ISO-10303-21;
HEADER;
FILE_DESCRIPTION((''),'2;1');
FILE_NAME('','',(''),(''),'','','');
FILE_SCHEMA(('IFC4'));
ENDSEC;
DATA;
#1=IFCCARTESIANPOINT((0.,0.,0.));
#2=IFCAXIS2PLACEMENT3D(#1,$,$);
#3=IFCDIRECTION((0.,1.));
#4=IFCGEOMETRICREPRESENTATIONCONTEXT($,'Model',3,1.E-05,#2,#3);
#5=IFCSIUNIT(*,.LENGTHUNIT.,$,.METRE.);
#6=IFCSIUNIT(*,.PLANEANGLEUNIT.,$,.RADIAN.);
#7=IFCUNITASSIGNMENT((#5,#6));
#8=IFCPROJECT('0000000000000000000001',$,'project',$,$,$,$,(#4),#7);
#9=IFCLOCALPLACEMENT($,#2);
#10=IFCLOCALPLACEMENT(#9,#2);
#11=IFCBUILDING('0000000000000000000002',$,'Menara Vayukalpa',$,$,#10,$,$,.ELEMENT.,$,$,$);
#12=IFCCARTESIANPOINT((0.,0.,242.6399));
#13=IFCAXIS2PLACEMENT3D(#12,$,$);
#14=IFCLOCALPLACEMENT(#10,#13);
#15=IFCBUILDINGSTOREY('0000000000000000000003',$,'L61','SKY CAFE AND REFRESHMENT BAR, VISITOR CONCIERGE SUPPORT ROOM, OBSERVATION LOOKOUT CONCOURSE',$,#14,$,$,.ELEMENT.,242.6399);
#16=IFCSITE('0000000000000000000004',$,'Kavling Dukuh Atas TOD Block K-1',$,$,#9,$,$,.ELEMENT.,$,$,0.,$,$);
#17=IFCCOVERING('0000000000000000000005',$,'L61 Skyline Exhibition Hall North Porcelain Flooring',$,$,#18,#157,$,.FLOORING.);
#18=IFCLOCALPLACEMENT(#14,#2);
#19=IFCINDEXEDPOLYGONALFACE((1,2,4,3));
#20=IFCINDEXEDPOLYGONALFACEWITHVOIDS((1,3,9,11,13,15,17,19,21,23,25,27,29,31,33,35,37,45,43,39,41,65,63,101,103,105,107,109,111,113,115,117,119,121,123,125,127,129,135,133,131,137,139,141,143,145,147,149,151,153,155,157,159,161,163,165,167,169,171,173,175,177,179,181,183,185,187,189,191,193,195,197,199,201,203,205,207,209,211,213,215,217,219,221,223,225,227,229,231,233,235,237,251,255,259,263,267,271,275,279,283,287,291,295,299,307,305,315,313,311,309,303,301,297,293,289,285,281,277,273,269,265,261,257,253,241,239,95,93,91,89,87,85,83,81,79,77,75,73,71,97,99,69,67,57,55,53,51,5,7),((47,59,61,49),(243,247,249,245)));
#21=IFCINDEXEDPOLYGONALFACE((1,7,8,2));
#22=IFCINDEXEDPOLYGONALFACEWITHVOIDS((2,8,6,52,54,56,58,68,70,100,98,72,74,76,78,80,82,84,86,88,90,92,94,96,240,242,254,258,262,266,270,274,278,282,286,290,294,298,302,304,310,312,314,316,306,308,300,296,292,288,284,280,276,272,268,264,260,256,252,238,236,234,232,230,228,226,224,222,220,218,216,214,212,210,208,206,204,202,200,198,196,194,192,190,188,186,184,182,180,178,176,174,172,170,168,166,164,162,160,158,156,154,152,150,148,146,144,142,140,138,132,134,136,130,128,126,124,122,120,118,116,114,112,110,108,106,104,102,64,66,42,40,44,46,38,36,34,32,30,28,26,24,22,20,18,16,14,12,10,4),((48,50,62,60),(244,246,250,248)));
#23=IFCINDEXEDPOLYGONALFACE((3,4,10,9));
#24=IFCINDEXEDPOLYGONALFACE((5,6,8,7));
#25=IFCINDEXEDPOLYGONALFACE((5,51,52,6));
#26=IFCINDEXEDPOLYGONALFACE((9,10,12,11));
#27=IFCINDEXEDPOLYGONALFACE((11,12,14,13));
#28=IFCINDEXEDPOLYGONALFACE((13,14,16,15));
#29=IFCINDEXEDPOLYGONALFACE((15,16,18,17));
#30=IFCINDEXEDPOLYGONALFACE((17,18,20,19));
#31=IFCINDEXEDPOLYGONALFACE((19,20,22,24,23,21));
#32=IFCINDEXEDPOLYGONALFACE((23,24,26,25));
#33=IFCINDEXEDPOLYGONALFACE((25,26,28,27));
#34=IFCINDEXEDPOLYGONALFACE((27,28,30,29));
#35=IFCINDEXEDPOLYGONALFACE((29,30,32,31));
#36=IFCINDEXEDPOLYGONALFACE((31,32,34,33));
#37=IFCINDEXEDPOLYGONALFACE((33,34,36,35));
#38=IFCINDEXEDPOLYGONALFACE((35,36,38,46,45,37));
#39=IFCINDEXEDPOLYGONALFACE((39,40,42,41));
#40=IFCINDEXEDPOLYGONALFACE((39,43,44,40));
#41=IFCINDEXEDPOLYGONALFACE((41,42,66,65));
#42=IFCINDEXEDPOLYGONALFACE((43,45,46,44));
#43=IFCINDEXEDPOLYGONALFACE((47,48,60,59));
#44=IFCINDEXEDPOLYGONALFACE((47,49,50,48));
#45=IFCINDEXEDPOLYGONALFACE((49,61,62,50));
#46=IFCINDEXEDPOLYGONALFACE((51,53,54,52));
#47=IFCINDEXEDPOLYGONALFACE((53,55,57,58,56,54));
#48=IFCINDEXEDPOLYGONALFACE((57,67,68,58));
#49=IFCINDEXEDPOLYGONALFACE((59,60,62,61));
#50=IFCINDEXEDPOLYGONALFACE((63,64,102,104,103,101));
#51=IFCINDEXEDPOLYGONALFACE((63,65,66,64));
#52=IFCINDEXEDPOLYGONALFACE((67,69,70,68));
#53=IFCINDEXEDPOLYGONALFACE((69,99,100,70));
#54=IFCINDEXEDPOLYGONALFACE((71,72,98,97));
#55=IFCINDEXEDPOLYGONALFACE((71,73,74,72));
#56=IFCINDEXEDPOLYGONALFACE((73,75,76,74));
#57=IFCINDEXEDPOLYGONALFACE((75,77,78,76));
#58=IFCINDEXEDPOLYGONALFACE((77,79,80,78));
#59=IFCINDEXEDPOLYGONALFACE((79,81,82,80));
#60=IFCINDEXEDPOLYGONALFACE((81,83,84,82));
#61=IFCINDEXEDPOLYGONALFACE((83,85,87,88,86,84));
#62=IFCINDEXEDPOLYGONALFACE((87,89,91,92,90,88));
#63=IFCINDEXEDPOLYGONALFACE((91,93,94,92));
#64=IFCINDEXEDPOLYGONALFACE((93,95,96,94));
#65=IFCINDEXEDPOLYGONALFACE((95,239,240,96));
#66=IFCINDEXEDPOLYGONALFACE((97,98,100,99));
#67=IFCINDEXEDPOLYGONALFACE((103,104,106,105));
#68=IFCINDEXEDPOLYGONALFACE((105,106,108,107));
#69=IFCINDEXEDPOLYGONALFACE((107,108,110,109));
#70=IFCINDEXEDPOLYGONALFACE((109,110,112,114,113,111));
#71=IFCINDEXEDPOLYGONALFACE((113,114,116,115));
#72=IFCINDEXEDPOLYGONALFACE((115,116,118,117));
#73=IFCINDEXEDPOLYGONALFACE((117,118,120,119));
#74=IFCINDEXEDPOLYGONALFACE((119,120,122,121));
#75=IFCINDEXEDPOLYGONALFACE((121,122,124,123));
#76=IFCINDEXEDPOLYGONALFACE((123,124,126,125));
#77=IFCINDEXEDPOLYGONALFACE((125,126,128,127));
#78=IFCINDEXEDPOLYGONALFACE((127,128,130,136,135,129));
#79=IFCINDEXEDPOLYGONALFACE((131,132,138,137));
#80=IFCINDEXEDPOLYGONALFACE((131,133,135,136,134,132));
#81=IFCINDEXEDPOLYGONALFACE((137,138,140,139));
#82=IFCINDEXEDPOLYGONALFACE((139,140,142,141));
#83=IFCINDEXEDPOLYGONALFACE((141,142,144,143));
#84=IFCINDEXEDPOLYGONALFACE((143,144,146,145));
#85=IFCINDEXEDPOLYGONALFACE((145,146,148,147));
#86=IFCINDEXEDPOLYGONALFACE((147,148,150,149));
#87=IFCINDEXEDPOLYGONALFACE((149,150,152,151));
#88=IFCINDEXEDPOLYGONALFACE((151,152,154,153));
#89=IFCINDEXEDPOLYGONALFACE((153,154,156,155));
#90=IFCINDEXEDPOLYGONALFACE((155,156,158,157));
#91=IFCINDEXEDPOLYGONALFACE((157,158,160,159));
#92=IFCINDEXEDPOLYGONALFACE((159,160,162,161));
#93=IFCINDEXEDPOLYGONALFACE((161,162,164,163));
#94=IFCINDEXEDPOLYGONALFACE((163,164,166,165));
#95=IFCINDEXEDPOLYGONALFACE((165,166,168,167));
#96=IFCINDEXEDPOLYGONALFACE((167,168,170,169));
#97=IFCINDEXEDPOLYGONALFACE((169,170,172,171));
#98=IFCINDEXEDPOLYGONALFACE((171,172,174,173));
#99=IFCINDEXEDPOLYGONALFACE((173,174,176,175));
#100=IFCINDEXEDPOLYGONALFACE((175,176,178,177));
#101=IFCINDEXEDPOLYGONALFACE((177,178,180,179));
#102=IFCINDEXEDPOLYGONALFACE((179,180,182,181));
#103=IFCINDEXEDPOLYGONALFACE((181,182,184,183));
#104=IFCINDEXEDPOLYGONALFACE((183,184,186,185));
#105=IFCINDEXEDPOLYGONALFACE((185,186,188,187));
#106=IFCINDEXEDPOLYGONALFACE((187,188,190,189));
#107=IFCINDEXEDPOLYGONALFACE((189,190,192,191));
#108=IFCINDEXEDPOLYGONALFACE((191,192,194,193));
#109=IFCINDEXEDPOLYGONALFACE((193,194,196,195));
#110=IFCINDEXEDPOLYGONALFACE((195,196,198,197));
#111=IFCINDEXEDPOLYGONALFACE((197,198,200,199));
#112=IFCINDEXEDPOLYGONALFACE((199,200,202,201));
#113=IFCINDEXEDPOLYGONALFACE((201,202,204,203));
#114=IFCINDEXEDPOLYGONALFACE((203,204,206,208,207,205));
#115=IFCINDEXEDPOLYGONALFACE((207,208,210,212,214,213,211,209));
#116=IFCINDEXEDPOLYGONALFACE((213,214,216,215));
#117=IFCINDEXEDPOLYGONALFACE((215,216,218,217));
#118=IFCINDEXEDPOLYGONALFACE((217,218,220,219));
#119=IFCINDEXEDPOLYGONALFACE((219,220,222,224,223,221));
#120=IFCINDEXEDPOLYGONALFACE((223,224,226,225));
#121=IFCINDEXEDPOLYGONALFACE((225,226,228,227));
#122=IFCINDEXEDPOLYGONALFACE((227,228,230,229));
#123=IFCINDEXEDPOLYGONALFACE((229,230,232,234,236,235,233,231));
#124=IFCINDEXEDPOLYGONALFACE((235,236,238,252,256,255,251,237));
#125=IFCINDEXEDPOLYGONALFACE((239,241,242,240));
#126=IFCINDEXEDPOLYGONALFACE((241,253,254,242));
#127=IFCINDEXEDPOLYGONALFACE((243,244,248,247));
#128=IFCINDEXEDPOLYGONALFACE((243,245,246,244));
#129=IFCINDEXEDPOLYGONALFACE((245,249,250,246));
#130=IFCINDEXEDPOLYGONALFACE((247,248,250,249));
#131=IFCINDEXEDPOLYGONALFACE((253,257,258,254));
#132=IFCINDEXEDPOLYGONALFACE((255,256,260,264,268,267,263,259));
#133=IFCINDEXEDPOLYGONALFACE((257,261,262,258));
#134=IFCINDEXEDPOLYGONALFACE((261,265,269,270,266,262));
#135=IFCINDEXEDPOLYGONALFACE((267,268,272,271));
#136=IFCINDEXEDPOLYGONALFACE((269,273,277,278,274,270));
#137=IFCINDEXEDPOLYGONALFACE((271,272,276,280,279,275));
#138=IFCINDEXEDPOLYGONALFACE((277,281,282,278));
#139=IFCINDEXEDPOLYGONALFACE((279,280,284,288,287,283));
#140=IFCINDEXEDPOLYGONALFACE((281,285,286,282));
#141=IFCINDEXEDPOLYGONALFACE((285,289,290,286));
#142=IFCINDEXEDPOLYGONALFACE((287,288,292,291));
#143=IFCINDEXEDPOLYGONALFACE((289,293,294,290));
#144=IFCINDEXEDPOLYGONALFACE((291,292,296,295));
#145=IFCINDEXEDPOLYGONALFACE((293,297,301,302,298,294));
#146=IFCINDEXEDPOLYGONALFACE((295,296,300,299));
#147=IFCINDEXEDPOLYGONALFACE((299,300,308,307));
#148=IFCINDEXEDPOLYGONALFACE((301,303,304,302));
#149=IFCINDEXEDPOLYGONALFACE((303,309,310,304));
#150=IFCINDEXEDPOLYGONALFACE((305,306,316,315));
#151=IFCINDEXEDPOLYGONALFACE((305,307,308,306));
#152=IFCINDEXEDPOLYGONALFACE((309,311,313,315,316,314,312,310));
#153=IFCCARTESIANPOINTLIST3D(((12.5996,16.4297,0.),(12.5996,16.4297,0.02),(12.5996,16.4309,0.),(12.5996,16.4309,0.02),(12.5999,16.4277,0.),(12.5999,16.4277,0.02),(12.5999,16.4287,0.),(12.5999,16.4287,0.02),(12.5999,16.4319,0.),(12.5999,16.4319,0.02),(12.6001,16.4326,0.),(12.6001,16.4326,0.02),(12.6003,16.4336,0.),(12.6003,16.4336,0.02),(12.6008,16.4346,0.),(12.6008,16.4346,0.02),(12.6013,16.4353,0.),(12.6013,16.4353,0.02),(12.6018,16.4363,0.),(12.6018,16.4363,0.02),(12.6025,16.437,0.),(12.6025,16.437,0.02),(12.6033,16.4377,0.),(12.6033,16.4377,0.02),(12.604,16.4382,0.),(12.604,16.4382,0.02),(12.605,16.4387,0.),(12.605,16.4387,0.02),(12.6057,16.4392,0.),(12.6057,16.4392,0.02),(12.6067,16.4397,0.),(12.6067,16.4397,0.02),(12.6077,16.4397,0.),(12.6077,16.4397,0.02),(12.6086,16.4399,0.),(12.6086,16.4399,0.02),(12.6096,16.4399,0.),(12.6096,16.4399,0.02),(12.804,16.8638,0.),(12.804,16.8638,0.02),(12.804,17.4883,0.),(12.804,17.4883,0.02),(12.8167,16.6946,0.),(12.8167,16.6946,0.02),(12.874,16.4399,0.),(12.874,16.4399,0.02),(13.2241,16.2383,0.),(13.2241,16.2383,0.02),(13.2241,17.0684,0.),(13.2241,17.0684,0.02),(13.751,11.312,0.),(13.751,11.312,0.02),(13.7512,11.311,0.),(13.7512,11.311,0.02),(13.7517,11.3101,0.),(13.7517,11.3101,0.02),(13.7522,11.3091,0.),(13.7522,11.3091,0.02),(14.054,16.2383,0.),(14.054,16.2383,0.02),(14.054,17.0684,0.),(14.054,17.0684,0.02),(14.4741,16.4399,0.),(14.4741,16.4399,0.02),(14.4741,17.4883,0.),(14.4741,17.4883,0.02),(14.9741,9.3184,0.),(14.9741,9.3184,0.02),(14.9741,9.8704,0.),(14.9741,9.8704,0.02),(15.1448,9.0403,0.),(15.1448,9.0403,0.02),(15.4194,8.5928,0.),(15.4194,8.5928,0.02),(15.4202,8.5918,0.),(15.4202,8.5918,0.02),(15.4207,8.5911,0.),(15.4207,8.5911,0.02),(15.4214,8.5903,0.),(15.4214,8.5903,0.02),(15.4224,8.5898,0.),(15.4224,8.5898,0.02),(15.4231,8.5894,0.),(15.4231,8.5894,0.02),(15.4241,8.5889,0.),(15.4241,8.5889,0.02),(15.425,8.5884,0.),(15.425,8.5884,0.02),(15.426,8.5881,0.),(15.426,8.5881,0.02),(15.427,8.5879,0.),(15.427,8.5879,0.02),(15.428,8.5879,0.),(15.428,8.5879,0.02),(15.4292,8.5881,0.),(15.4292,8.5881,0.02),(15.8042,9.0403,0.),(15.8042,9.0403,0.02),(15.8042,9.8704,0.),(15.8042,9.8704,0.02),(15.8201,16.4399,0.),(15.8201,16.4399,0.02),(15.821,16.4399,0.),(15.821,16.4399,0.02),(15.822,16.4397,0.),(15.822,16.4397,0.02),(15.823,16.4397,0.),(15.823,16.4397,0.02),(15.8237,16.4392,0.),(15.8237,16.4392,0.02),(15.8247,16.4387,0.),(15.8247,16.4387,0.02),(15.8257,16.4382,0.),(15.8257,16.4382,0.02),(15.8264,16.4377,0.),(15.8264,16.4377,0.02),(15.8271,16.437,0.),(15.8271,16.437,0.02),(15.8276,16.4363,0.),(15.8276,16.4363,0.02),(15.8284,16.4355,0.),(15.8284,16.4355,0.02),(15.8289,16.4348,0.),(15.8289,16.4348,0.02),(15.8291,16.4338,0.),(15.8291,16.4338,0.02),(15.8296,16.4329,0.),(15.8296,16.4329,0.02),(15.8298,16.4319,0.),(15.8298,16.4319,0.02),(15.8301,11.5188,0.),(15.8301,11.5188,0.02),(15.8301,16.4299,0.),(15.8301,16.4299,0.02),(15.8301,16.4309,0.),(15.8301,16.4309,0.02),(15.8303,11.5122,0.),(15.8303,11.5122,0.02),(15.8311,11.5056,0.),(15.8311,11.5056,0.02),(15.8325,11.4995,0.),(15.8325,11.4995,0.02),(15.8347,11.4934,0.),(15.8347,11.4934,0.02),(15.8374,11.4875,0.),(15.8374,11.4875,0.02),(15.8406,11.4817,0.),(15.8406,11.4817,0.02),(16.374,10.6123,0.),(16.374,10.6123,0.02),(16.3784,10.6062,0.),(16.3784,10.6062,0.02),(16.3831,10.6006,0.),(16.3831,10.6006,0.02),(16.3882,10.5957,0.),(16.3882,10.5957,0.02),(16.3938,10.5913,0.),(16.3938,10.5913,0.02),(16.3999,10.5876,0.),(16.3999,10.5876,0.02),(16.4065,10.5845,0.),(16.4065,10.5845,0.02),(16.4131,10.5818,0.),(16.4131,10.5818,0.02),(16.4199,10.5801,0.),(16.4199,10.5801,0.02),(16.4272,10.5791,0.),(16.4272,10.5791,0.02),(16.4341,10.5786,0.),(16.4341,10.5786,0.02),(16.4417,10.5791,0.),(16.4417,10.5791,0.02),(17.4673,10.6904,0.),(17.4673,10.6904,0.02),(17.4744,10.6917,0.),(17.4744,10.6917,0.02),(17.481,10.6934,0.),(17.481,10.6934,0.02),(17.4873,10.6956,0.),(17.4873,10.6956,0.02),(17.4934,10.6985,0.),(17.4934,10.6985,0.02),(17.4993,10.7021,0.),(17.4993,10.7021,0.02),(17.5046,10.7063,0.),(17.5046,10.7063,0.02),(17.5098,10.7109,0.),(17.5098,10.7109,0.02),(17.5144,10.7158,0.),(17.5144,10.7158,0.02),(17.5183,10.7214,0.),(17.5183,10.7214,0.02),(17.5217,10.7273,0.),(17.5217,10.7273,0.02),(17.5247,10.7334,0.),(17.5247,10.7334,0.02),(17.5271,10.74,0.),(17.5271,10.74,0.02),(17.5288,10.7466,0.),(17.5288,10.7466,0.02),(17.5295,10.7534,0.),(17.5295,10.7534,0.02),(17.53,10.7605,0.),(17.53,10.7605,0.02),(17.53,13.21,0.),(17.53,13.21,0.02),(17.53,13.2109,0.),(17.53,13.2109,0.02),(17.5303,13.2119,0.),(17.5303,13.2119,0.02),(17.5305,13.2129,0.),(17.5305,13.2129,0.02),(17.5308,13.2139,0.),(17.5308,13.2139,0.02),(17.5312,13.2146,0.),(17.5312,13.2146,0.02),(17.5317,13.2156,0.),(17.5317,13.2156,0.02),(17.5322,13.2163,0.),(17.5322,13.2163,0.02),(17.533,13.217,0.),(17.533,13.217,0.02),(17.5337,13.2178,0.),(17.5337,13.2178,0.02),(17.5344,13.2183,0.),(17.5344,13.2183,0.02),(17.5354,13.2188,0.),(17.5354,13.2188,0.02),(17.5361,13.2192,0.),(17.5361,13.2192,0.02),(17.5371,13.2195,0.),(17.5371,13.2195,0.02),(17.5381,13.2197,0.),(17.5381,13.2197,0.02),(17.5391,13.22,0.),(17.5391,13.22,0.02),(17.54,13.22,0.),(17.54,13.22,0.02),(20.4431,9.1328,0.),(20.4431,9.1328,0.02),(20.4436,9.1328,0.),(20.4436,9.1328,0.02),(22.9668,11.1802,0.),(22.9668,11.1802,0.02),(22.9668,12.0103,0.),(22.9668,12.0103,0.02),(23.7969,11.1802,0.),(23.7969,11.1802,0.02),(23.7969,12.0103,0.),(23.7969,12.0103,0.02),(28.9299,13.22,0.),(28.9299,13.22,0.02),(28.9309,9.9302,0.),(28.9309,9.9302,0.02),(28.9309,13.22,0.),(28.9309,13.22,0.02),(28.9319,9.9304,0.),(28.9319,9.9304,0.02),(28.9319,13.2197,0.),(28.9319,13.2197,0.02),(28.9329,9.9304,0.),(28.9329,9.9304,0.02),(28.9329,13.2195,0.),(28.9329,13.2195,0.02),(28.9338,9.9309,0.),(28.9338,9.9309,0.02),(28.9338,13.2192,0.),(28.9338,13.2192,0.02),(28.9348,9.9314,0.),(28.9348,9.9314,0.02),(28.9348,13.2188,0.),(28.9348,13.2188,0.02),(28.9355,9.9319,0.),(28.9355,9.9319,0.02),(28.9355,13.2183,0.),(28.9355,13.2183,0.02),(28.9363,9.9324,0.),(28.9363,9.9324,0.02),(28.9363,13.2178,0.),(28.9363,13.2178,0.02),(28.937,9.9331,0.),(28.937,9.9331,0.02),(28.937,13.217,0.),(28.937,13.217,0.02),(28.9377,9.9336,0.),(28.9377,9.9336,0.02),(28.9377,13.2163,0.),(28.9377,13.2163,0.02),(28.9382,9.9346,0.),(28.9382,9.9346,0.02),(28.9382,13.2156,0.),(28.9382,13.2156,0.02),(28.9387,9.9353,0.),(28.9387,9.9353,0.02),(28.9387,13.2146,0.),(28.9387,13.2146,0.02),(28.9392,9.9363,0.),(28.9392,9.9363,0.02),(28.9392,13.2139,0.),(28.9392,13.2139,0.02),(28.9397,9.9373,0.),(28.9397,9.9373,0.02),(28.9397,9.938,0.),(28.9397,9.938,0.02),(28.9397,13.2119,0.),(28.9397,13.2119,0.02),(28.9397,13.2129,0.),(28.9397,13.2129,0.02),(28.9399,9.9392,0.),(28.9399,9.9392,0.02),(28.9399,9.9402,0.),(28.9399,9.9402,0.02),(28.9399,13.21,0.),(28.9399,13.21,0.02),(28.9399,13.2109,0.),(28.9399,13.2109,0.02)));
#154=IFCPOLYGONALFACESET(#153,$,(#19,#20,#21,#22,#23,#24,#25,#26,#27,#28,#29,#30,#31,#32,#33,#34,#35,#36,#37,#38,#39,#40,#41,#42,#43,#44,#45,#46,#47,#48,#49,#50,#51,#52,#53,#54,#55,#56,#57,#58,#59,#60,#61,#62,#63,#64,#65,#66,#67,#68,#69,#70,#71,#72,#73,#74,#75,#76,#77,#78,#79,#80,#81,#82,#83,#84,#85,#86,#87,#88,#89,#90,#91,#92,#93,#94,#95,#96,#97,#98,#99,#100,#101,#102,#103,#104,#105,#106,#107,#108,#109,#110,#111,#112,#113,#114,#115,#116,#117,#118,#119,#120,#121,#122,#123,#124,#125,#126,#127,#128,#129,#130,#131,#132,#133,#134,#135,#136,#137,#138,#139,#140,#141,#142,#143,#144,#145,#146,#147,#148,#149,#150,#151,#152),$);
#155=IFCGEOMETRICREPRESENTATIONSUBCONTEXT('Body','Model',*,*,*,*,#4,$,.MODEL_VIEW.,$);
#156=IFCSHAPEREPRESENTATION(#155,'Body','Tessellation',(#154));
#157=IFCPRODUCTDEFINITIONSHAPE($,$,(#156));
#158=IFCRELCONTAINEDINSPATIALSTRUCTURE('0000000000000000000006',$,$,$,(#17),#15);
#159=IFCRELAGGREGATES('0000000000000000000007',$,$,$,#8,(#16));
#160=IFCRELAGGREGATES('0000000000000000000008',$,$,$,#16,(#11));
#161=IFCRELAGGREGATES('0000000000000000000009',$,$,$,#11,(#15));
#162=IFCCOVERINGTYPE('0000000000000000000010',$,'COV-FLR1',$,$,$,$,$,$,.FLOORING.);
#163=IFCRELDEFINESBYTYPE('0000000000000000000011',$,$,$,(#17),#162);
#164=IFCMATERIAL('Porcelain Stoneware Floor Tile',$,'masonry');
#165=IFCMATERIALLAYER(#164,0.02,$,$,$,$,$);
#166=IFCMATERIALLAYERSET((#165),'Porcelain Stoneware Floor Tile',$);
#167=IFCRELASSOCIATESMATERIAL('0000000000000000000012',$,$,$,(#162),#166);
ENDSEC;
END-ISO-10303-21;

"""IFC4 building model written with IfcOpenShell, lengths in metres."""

from ifc_helpers import new_model, si_unit, direction, frame, origin, place, context, subcontext, project, spatial, polyline, outline, extrude, material, layer, layer_set, type_object, element, save


model = new_model("IFC4")

# Units and contexts
model_context = context("Model", 3, precision=1e-05, world=origin(), true_north=direction((0.0, 1.0)))
body_context = subcontext(model_context, "Body", "Model", "MODEL_VIEW")
ifc_project = project(units=[si_unit("LENGTHUNIT", "METRE"), si_unit("PLANEANGLEUNIT", "RADIAN")], contexts=[model_context])

# Site, building, storey
site_placement = place(None, origin())
site = spatial("IfcSite", under=ifc_project, at=site_placement, Name="Kavling Dukuh Atas TOD Block K-1", CompositionType="ELEMENT", RefElevation=0.0)
building_placement = place(site_placement, origin())
building = spatial("IfcBuilding", under=site, at=building_placement, Name="Menara Vayukalpa", CompositionType="ELEMENT")
storey_placement = place(building_placement, frame((0.0, 0.0, 242.6399)))
storey = spatial("IfcBuildingStorey", under=building, at=storey_placement, Name="L61", Description="SKY CAFE AND REFRESHMENT BAR, VISITOR CONCIERGE SUPPORT ROOM, OBSERVATION LOOKOUT CONCOURSE", CompositionType="ELEMENT", Elevation=242.6399)

# Covering
ifc_material_1 = material(Name="Porcelain Stoneware Floor Tile", Category="masonry")
ifc_layer_1 = layer(ifc_material_1, 0.02)
ifc_layer_set_1 = layer_set([ifc_layer_1], Name="Porcelain Stoneware Floor Tile")
covering_type_1 = type_object("IfcCoveringType", Name="COV-FLR1", PredefinedType="FLOORING", material=ifc_layer_set_1)
covering_1_placement = place(storey_placement, origin())
element("IfcCovering", 1, at=covering_1_placement, inside=storey, type_object=covering_type_1, Name="L61 Skyline Exhibition Hall North Porcelain Flooring", PredefinedType="FLOORING", context=body_context, shape_type="SweptSolid", body=[
    extrude(outline(polyline([(15.427, 8.5879), (15.426, 8.5881), (15.425, 8.5884), (15.4241, 8.5889), (15.4231, 8.5894), (15.4224, 8.5898), (15.4214, 8.5903), (15.4207, 8.5911), (15.4202, 8.5918), (15.4194, 8.5928), (15.1448, 9.0403), (15.8042, 9.0403), (15.8042, 9.8704), (14.9741, 9.8704), (14.9741, 9.3184), (13.7522, 11.3091), (13.7517, 11.3101), (13.7512, 11.311), (13.751, 11.312), (12.5999, 16.4277), (12.5999, 16.4287), (12.5996, 16.4297), (12.5996, 16.4309), (12.5999, 16.4319), (12.6001, 16.4326), (12.6003, 16.4336), (12.6008, 16.4346), (12.6013, 16.4353), (12.6018, 16.4363), (12.6025, 16.437), (12.6033, 16.4377), (12.604, 16.4382), (12.605, 16.4387), (12.6057, 16.4392), (12.6067, 16.4397), (12.6077, 16.4397), (12.6086, 16.4399), (12.6096, 16.4399), (12.874, 16.4399), (12.8167, 16.6946), (12.804, 16.8638), (12.804, 17.4883), (14.4741, 17.4883), (14.4741, 16.4399), (15.8201, 16.4399), (15.821, 16.4399), (15.822, 16.4397), (15.823, 16.4397), (15.8237, 16.4392), (15.8247, 16.4387), (15.8257, 16.4382), (15.8264, 16.4377), (15.8271, 16.437), (15.8276, 16.4363), (15.8284, 16.4355), (15.8289, 16.4348), (15.8291, 16.4338), (15.8296, 16.4329), (15.8298, 16.4319), (15.8301, 16.4309), (15.8301, 16.4299), (15.8301, 11.5188), (15.8303, 11.5122), (15.8311, 11.5056), (15.8325, 11.4995), (15.8347, 11.4934), (15.8374, 11.4875), (15.8406, 11.4817), (16.374, 10.6123), (16.3784, 10.6062), (16.3831, 10.6006), (16.3882, 10.5957), (16.3938, 10.5913), (16.3999, 10.5876), (16.4065, 10.5845), (16.4131, 10.5818), (16.4199, 10.5801), (16.4272, 10.5791), (16.4341, 10.5786), (16.4417, 10.5791), (17.4673, 10.6904), (17.4744, 10.6917), (17.481, 10.6934), (17.4873, 10.6956), (17.4934, 10.6985), (17.4993, 10.7021), (17.5046, 10.7063), (17.5098, 10.7109), (17.5144, 10.7158), (17.5183, 10.7214), (17.5217, 10.7273), (17.5247, 10.7334), (17.5271, 10.74), (17.5288, 10.7466), (17.5295, 10.7534), (17.53, 10.7605), (17.53, 13.21), (17.53, 13.2109), (17.5303, 13.2119), (17.5305, 13.2129), (17.5308, 13.2139), (17.5312, 13.2146), (17.5317, 13.2156), (17.5322, 13.2163), (17.533, 13.217), (17.5337, 13.2178), (17.5344, 13.2183), (17.5354, 13.2188), (17.5361, 13.2192), (17.5371, 13.2195), (17.5381, 13.2197), (17.5391, 13.22), (17.54, 13.22), (28.9299, 13.22), (28.9309, 13.22), (28.9319, 13.2197), (28.9329, 13.2195), (28.9338, 13.2192), (28.9348, 13.2188), (28.9355, 13.2183), (28.9363, 13.2178), (28.937, 13.217), (28.9377, 13.2163), (28.9382, 13.2156), (28.9387, 13.2146), (28.9392, 13.2139), (28.9397, 13.2129), (28.9397, 13.2119), (28.9399, 13.2109), (28.9399, 13.21), (28.9399, 9.9402), (28.9399, 9.9392), (28.9397, 9.938), (28.9397, 9.9373), (28.9392, 9.9363), (28.9387, 9.9353), (28.9382, 9.9346), (28.9377, 9.9336), (28.937, 9.9331), (28.9363, 9.9324), (28.9355, 9.9319), (28.9348, 9.9314), (28.9338, 9.9309), (28.9329, 9.9304), (28.9319, 9.9304), (28.9309, 9.9302), (20.4436, 9.1328), (20.4431, 9.1328), (15.4292, 8.5881), (15.428, 8.5879), (15.427, 8.5879)]), holes=[polyline([(14.054, 17.0684), (13.2241, 17.0684), (13.2241, 16.2383), (14.054, 16.2383), (14.054, 17.0684)]), polyline([(23.7969, 12.0103), (22.9668, 12.0103), (22.9668, 11.1802), (23.7969, 11.1802), (23.7969, 12.0103)])]), origin(), (0.0, 0.0, 1.0), 0.02),
])

save(model, "model.ifc")
